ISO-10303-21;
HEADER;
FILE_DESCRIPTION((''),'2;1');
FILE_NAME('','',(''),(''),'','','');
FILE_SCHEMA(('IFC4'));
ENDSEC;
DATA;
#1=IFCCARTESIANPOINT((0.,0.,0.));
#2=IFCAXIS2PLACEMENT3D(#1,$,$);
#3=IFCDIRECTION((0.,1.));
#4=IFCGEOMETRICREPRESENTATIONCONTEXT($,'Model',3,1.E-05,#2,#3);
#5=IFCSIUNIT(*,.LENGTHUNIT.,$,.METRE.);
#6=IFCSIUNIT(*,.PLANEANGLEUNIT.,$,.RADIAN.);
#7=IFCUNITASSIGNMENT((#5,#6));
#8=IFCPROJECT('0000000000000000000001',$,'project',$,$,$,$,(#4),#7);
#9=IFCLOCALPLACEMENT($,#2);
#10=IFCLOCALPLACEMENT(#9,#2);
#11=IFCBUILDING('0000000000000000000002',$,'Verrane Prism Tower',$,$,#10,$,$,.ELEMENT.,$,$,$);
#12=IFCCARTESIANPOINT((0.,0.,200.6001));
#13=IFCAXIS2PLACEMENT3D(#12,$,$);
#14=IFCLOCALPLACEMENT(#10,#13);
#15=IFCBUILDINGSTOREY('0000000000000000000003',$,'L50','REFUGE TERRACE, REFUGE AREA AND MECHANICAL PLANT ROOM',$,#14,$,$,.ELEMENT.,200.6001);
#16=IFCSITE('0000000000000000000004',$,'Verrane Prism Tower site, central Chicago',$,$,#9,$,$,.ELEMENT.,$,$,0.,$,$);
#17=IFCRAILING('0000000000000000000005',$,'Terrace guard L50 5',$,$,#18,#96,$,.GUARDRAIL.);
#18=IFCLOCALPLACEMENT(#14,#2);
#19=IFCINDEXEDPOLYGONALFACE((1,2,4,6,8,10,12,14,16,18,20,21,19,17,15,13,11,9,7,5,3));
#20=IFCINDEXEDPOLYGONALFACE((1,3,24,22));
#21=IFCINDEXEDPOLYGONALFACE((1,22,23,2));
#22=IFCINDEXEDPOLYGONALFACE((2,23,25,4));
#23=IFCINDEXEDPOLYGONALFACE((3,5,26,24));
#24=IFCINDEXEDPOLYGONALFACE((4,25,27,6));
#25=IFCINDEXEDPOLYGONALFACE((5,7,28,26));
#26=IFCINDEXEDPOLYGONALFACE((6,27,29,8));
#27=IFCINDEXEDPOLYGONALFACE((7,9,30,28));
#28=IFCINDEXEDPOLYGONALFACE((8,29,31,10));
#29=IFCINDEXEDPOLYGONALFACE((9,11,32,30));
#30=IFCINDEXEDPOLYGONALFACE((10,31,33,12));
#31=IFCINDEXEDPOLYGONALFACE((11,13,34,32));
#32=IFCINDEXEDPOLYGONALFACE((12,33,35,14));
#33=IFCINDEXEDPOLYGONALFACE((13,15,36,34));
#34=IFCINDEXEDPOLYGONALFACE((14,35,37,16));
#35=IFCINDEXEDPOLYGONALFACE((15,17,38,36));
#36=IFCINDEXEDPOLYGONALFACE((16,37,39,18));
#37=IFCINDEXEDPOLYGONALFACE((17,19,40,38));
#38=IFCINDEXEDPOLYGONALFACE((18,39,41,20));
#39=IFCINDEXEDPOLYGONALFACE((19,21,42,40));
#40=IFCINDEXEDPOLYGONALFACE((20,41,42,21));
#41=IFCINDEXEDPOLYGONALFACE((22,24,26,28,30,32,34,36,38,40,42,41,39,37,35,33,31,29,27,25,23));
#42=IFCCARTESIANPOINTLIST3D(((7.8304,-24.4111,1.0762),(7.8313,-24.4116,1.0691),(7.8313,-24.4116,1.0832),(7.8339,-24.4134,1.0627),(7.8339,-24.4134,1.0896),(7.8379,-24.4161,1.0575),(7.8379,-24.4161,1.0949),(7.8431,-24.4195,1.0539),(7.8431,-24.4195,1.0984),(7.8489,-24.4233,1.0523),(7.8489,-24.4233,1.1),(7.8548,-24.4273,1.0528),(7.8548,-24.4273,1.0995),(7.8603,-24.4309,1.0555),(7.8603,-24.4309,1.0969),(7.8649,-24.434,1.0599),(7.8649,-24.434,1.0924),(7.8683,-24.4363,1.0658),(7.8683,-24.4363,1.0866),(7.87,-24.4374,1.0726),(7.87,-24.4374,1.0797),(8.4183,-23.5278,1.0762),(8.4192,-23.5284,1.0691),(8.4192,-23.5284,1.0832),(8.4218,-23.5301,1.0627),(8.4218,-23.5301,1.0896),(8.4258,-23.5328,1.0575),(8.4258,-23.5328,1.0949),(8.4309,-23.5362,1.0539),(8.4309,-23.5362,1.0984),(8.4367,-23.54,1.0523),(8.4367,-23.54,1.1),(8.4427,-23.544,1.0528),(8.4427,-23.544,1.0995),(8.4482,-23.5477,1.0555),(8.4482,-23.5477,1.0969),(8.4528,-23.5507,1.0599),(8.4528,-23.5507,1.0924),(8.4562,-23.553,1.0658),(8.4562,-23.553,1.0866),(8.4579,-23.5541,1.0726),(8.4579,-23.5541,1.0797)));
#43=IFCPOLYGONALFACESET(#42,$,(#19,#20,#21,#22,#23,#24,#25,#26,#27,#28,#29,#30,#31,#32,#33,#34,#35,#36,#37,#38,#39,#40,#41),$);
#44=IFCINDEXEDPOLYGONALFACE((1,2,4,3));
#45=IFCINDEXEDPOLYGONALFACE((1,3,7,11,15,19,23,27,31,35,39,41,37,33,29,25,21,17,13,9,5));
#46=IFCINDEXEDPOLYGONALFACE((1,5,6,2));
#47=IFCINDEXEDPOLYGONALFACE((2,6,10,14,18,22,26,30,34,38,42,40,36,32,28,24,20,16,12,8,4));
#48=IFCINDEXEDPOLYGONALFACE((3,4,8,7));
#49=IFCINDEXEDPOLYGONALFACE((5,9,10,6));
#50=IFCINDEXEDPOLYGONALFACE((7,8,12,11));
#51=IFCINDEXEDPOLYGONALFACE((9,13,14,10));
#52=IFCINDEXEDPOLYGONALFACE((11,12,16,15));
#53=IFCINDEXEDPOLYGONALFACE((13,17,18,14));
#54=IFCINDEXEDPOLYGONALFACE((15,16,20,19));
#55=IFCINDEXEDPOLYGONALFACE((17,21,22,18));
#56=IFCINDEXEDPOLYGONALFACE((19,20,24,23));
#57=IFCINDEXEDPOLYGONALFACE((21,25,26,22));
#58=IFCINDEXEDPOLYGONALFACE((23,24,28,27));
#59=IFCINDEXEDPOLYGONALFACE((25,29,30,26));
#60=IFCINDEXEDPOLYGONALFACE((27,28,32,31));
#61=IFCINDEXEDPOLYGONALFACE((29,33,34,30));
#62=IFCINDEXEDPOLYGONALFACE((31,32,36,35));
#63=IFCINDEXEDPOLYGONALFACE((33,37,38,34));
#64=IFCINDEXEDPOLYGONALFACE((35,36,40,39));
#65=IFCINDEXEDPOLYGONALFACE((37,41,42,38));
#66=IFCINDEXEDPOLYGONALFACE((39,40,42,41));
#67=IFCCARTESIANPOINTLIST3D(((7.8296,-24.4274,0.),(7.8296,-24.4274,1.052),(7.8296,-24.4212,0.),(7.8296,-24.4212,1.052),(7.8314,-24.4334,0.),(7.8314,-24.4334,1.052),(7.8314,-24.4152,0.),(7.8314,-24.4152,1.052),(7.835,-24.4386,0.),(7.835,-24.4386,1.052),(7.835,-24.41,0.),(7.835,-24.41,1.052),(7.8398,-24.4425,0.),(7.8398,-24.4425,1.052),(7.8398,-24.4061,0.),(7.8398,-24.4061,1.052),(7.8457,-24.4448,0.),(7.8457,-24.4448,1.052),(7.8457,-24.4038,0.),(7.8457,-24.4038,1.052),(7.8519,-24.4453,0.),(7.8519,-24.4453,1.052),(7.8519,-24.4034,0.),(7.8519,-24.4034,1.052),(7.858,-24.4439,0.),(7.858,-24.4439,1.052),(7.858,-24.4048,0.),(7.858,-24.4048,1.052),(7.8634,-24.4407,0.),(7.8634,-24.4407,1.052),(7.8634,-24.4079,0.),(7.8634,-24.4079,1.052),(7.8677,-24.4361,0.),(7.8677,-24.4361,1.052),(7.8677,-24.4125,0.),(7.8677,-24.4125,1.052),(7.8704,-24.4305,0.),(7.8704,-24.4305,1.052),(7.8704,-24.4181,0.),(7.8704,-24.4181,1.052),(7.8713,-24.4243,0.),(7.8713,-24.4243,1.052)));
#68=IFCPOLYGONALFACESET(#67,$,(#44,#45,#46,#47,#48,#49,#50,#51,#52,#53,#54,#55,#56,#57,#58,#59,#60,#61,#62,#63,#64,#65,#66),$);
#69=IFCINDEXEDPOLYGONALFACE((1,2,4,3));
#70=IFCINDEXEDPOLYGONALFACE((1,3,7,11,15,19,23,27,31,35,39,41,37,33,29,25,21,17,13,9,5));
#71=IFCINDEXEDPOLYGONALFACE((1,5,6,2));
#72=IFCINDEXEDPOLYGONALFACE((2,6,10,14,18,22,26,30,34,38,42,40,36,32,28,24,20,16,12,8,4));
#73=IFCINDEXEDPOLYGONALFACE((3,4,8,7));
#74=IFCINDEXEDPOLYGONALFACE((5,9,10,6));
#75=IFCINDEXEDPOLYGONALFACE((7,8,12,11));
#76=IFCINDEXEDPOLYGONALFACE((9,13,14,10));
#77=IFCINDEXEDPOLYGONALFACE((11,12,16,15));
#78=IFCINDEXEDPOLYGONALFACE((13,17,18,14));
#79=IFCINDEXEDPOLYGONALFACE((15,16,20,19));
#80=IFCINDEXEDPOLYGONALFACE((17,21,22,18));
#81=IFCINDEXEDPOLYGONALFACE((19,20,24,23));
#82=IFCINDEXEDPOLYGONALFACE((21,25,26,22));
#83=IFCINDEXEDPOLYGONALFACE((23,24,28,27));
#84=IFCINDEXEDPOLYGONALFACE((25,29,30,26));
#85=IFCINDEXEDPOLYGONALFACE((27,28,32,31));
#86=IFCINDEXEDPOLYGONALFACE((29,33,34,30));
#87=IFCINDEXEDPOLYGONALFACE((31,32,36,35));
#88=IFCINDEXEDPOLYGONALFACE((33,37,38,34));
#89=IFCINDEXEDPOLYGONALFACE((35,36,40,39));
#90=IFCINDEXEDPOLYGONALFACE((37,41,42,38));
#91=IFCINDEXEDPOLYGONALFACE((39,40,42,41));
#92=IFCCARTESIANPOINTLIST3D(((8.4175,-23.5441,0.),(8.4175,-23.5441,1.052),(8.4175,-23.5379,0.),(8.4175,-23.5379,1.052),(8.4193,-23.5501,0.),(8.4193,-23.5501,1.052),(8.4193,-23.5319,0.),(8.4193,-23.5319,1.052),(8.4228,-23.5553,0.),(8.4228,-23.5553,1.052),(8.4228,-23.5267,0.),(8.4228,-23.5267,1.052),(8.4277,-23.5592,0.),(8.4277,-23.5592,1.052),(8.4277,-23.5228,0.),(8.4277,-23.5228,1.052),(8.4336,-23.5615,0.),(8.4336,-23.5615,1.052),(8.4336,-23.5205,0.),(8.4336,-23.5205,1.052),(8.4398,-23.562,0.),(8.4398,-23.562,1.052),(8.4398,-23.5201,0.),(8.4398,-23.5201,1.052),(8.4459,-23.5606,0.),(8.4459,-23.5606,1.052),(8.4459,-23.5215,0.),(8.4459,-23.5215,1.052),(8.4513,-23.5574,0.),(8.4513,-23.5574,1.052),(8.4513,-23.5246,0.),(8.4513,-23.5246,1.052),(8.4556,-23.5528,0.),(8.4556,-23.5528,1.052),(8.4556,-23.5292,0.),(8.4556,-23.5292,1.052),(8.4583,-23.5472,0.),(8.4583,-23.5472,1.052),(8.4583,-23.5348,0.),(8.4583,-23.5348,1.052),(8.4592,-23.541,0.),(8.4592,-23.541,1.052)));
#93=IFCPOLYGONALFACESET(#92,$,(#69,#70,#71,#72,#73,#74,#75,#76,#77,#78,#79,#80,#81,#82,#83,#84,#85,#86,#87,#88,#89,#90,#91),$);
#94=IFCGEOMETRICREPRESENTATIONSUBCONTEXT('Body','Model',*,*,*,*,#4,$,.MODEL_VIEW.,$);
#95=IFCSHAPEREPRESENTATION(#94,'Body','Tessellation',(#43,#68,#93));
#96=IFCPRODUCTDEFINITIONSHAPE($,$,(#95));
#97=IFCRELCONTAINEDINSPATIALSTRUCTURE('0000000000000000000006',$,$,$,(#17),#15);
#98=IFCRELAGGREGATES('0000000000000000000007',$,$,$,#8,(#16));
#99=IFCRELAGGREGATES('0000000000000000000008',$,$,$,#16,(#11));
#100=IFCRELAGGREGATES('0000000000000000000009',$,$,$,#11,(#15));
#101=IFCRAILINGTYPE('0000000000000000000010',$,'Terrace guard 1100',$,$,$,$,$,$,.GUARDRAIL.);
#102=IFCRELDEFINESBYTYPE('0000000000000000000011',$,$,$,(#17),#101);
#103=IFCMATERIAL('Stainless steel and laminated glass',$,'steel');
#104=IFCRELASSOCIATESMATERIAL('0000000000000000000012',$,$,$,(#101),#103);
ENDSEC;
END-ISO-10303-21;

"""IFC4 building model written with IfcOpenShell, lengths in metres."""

from ifc_helpers import new_model, si_unit, direction, frame, origin, origin_2d, place, context, subcontext, project, spatial, circle, extrude, material, type_object, element, save


model = new_model("IFC4")

# Units and contexts
model_context = context("Model", 3, precision=1e-05, world=origin(), true_north=direction((0.0, 1.0)))
body_context = subcontext(model_context, "Body", "Model", "MODEL_VIEW")
ifc_project = project(units=[si_unit("LENGTHUNIT", "METRE"), si_unit("PLANEANGLEUNIT", "RADIAN")], contexts=[model_context])

# Site, building, storey
site_placement = place(None, origin())
site = spatial("IfcSite", under=ifc_project, at=site_placement, Name="Verrane Prism Tower site, central Chicago", CompositionType="ELEMENT", RefElevation=0.0)
building_placement = place(site_placement, origin())
building = spatial("IfcBuilding", under=site, at=building_placement, Name="Verrane Prism Tower", CompositionType="ELEMENT")
storey_placement = place(building_placement, frame((0.0, 0.0, 200.6001)))
storey = spatial("IfcBuildingStorey", under=building, at=storey_placement, Name="L50", Description="REFUGE TERRACE, REFUGE AREA AND MECHANICAL PLANT ROOM", CompositionType="ELEMENT", Elevation=200.6001)

# Railing
ifc_material_1 = material(Name="Stainless steel and laminated glass", Category="steel")
railing_type = type_object("IfcRailingType", Name="Terrace guard 1100", PredefinedType="GUARDRAIL", material=ifc_material_1)
railing_1_placement = place(storey_placement, frame((7.8503, -24.4243, 0.0)))
element("IfcRailing", 1, at=railing_1_placement, inside=storey, type_object=railing_type, Name="Terrace guard L50 5", PredefinedType="GUARDRAIL", context=body_context, shape_type="SweptSolid", body=[
    extrude(circle(Radius=0.0239, at=origin_2d()), frame((0.0, 0.0, 1.0762), z_axis=(0.554063, 0.832475, 0.0), x_axis=(-0.832475, 0.554063, 0.0)), (0.0, 0.0, 1.0), 1.061),
    extrude(circle(Radius=0.021, at=origin_2d()), origin(), (0.0, 0.0, 1.0), 1.052),
    extrude(circle(Radius=0.021, at=origin_2d()), frame((0.5879, 0.8833, 0.0)), (0.0, 0.0, 1.0), 1.052),
])

save(model, "model.ifc")
